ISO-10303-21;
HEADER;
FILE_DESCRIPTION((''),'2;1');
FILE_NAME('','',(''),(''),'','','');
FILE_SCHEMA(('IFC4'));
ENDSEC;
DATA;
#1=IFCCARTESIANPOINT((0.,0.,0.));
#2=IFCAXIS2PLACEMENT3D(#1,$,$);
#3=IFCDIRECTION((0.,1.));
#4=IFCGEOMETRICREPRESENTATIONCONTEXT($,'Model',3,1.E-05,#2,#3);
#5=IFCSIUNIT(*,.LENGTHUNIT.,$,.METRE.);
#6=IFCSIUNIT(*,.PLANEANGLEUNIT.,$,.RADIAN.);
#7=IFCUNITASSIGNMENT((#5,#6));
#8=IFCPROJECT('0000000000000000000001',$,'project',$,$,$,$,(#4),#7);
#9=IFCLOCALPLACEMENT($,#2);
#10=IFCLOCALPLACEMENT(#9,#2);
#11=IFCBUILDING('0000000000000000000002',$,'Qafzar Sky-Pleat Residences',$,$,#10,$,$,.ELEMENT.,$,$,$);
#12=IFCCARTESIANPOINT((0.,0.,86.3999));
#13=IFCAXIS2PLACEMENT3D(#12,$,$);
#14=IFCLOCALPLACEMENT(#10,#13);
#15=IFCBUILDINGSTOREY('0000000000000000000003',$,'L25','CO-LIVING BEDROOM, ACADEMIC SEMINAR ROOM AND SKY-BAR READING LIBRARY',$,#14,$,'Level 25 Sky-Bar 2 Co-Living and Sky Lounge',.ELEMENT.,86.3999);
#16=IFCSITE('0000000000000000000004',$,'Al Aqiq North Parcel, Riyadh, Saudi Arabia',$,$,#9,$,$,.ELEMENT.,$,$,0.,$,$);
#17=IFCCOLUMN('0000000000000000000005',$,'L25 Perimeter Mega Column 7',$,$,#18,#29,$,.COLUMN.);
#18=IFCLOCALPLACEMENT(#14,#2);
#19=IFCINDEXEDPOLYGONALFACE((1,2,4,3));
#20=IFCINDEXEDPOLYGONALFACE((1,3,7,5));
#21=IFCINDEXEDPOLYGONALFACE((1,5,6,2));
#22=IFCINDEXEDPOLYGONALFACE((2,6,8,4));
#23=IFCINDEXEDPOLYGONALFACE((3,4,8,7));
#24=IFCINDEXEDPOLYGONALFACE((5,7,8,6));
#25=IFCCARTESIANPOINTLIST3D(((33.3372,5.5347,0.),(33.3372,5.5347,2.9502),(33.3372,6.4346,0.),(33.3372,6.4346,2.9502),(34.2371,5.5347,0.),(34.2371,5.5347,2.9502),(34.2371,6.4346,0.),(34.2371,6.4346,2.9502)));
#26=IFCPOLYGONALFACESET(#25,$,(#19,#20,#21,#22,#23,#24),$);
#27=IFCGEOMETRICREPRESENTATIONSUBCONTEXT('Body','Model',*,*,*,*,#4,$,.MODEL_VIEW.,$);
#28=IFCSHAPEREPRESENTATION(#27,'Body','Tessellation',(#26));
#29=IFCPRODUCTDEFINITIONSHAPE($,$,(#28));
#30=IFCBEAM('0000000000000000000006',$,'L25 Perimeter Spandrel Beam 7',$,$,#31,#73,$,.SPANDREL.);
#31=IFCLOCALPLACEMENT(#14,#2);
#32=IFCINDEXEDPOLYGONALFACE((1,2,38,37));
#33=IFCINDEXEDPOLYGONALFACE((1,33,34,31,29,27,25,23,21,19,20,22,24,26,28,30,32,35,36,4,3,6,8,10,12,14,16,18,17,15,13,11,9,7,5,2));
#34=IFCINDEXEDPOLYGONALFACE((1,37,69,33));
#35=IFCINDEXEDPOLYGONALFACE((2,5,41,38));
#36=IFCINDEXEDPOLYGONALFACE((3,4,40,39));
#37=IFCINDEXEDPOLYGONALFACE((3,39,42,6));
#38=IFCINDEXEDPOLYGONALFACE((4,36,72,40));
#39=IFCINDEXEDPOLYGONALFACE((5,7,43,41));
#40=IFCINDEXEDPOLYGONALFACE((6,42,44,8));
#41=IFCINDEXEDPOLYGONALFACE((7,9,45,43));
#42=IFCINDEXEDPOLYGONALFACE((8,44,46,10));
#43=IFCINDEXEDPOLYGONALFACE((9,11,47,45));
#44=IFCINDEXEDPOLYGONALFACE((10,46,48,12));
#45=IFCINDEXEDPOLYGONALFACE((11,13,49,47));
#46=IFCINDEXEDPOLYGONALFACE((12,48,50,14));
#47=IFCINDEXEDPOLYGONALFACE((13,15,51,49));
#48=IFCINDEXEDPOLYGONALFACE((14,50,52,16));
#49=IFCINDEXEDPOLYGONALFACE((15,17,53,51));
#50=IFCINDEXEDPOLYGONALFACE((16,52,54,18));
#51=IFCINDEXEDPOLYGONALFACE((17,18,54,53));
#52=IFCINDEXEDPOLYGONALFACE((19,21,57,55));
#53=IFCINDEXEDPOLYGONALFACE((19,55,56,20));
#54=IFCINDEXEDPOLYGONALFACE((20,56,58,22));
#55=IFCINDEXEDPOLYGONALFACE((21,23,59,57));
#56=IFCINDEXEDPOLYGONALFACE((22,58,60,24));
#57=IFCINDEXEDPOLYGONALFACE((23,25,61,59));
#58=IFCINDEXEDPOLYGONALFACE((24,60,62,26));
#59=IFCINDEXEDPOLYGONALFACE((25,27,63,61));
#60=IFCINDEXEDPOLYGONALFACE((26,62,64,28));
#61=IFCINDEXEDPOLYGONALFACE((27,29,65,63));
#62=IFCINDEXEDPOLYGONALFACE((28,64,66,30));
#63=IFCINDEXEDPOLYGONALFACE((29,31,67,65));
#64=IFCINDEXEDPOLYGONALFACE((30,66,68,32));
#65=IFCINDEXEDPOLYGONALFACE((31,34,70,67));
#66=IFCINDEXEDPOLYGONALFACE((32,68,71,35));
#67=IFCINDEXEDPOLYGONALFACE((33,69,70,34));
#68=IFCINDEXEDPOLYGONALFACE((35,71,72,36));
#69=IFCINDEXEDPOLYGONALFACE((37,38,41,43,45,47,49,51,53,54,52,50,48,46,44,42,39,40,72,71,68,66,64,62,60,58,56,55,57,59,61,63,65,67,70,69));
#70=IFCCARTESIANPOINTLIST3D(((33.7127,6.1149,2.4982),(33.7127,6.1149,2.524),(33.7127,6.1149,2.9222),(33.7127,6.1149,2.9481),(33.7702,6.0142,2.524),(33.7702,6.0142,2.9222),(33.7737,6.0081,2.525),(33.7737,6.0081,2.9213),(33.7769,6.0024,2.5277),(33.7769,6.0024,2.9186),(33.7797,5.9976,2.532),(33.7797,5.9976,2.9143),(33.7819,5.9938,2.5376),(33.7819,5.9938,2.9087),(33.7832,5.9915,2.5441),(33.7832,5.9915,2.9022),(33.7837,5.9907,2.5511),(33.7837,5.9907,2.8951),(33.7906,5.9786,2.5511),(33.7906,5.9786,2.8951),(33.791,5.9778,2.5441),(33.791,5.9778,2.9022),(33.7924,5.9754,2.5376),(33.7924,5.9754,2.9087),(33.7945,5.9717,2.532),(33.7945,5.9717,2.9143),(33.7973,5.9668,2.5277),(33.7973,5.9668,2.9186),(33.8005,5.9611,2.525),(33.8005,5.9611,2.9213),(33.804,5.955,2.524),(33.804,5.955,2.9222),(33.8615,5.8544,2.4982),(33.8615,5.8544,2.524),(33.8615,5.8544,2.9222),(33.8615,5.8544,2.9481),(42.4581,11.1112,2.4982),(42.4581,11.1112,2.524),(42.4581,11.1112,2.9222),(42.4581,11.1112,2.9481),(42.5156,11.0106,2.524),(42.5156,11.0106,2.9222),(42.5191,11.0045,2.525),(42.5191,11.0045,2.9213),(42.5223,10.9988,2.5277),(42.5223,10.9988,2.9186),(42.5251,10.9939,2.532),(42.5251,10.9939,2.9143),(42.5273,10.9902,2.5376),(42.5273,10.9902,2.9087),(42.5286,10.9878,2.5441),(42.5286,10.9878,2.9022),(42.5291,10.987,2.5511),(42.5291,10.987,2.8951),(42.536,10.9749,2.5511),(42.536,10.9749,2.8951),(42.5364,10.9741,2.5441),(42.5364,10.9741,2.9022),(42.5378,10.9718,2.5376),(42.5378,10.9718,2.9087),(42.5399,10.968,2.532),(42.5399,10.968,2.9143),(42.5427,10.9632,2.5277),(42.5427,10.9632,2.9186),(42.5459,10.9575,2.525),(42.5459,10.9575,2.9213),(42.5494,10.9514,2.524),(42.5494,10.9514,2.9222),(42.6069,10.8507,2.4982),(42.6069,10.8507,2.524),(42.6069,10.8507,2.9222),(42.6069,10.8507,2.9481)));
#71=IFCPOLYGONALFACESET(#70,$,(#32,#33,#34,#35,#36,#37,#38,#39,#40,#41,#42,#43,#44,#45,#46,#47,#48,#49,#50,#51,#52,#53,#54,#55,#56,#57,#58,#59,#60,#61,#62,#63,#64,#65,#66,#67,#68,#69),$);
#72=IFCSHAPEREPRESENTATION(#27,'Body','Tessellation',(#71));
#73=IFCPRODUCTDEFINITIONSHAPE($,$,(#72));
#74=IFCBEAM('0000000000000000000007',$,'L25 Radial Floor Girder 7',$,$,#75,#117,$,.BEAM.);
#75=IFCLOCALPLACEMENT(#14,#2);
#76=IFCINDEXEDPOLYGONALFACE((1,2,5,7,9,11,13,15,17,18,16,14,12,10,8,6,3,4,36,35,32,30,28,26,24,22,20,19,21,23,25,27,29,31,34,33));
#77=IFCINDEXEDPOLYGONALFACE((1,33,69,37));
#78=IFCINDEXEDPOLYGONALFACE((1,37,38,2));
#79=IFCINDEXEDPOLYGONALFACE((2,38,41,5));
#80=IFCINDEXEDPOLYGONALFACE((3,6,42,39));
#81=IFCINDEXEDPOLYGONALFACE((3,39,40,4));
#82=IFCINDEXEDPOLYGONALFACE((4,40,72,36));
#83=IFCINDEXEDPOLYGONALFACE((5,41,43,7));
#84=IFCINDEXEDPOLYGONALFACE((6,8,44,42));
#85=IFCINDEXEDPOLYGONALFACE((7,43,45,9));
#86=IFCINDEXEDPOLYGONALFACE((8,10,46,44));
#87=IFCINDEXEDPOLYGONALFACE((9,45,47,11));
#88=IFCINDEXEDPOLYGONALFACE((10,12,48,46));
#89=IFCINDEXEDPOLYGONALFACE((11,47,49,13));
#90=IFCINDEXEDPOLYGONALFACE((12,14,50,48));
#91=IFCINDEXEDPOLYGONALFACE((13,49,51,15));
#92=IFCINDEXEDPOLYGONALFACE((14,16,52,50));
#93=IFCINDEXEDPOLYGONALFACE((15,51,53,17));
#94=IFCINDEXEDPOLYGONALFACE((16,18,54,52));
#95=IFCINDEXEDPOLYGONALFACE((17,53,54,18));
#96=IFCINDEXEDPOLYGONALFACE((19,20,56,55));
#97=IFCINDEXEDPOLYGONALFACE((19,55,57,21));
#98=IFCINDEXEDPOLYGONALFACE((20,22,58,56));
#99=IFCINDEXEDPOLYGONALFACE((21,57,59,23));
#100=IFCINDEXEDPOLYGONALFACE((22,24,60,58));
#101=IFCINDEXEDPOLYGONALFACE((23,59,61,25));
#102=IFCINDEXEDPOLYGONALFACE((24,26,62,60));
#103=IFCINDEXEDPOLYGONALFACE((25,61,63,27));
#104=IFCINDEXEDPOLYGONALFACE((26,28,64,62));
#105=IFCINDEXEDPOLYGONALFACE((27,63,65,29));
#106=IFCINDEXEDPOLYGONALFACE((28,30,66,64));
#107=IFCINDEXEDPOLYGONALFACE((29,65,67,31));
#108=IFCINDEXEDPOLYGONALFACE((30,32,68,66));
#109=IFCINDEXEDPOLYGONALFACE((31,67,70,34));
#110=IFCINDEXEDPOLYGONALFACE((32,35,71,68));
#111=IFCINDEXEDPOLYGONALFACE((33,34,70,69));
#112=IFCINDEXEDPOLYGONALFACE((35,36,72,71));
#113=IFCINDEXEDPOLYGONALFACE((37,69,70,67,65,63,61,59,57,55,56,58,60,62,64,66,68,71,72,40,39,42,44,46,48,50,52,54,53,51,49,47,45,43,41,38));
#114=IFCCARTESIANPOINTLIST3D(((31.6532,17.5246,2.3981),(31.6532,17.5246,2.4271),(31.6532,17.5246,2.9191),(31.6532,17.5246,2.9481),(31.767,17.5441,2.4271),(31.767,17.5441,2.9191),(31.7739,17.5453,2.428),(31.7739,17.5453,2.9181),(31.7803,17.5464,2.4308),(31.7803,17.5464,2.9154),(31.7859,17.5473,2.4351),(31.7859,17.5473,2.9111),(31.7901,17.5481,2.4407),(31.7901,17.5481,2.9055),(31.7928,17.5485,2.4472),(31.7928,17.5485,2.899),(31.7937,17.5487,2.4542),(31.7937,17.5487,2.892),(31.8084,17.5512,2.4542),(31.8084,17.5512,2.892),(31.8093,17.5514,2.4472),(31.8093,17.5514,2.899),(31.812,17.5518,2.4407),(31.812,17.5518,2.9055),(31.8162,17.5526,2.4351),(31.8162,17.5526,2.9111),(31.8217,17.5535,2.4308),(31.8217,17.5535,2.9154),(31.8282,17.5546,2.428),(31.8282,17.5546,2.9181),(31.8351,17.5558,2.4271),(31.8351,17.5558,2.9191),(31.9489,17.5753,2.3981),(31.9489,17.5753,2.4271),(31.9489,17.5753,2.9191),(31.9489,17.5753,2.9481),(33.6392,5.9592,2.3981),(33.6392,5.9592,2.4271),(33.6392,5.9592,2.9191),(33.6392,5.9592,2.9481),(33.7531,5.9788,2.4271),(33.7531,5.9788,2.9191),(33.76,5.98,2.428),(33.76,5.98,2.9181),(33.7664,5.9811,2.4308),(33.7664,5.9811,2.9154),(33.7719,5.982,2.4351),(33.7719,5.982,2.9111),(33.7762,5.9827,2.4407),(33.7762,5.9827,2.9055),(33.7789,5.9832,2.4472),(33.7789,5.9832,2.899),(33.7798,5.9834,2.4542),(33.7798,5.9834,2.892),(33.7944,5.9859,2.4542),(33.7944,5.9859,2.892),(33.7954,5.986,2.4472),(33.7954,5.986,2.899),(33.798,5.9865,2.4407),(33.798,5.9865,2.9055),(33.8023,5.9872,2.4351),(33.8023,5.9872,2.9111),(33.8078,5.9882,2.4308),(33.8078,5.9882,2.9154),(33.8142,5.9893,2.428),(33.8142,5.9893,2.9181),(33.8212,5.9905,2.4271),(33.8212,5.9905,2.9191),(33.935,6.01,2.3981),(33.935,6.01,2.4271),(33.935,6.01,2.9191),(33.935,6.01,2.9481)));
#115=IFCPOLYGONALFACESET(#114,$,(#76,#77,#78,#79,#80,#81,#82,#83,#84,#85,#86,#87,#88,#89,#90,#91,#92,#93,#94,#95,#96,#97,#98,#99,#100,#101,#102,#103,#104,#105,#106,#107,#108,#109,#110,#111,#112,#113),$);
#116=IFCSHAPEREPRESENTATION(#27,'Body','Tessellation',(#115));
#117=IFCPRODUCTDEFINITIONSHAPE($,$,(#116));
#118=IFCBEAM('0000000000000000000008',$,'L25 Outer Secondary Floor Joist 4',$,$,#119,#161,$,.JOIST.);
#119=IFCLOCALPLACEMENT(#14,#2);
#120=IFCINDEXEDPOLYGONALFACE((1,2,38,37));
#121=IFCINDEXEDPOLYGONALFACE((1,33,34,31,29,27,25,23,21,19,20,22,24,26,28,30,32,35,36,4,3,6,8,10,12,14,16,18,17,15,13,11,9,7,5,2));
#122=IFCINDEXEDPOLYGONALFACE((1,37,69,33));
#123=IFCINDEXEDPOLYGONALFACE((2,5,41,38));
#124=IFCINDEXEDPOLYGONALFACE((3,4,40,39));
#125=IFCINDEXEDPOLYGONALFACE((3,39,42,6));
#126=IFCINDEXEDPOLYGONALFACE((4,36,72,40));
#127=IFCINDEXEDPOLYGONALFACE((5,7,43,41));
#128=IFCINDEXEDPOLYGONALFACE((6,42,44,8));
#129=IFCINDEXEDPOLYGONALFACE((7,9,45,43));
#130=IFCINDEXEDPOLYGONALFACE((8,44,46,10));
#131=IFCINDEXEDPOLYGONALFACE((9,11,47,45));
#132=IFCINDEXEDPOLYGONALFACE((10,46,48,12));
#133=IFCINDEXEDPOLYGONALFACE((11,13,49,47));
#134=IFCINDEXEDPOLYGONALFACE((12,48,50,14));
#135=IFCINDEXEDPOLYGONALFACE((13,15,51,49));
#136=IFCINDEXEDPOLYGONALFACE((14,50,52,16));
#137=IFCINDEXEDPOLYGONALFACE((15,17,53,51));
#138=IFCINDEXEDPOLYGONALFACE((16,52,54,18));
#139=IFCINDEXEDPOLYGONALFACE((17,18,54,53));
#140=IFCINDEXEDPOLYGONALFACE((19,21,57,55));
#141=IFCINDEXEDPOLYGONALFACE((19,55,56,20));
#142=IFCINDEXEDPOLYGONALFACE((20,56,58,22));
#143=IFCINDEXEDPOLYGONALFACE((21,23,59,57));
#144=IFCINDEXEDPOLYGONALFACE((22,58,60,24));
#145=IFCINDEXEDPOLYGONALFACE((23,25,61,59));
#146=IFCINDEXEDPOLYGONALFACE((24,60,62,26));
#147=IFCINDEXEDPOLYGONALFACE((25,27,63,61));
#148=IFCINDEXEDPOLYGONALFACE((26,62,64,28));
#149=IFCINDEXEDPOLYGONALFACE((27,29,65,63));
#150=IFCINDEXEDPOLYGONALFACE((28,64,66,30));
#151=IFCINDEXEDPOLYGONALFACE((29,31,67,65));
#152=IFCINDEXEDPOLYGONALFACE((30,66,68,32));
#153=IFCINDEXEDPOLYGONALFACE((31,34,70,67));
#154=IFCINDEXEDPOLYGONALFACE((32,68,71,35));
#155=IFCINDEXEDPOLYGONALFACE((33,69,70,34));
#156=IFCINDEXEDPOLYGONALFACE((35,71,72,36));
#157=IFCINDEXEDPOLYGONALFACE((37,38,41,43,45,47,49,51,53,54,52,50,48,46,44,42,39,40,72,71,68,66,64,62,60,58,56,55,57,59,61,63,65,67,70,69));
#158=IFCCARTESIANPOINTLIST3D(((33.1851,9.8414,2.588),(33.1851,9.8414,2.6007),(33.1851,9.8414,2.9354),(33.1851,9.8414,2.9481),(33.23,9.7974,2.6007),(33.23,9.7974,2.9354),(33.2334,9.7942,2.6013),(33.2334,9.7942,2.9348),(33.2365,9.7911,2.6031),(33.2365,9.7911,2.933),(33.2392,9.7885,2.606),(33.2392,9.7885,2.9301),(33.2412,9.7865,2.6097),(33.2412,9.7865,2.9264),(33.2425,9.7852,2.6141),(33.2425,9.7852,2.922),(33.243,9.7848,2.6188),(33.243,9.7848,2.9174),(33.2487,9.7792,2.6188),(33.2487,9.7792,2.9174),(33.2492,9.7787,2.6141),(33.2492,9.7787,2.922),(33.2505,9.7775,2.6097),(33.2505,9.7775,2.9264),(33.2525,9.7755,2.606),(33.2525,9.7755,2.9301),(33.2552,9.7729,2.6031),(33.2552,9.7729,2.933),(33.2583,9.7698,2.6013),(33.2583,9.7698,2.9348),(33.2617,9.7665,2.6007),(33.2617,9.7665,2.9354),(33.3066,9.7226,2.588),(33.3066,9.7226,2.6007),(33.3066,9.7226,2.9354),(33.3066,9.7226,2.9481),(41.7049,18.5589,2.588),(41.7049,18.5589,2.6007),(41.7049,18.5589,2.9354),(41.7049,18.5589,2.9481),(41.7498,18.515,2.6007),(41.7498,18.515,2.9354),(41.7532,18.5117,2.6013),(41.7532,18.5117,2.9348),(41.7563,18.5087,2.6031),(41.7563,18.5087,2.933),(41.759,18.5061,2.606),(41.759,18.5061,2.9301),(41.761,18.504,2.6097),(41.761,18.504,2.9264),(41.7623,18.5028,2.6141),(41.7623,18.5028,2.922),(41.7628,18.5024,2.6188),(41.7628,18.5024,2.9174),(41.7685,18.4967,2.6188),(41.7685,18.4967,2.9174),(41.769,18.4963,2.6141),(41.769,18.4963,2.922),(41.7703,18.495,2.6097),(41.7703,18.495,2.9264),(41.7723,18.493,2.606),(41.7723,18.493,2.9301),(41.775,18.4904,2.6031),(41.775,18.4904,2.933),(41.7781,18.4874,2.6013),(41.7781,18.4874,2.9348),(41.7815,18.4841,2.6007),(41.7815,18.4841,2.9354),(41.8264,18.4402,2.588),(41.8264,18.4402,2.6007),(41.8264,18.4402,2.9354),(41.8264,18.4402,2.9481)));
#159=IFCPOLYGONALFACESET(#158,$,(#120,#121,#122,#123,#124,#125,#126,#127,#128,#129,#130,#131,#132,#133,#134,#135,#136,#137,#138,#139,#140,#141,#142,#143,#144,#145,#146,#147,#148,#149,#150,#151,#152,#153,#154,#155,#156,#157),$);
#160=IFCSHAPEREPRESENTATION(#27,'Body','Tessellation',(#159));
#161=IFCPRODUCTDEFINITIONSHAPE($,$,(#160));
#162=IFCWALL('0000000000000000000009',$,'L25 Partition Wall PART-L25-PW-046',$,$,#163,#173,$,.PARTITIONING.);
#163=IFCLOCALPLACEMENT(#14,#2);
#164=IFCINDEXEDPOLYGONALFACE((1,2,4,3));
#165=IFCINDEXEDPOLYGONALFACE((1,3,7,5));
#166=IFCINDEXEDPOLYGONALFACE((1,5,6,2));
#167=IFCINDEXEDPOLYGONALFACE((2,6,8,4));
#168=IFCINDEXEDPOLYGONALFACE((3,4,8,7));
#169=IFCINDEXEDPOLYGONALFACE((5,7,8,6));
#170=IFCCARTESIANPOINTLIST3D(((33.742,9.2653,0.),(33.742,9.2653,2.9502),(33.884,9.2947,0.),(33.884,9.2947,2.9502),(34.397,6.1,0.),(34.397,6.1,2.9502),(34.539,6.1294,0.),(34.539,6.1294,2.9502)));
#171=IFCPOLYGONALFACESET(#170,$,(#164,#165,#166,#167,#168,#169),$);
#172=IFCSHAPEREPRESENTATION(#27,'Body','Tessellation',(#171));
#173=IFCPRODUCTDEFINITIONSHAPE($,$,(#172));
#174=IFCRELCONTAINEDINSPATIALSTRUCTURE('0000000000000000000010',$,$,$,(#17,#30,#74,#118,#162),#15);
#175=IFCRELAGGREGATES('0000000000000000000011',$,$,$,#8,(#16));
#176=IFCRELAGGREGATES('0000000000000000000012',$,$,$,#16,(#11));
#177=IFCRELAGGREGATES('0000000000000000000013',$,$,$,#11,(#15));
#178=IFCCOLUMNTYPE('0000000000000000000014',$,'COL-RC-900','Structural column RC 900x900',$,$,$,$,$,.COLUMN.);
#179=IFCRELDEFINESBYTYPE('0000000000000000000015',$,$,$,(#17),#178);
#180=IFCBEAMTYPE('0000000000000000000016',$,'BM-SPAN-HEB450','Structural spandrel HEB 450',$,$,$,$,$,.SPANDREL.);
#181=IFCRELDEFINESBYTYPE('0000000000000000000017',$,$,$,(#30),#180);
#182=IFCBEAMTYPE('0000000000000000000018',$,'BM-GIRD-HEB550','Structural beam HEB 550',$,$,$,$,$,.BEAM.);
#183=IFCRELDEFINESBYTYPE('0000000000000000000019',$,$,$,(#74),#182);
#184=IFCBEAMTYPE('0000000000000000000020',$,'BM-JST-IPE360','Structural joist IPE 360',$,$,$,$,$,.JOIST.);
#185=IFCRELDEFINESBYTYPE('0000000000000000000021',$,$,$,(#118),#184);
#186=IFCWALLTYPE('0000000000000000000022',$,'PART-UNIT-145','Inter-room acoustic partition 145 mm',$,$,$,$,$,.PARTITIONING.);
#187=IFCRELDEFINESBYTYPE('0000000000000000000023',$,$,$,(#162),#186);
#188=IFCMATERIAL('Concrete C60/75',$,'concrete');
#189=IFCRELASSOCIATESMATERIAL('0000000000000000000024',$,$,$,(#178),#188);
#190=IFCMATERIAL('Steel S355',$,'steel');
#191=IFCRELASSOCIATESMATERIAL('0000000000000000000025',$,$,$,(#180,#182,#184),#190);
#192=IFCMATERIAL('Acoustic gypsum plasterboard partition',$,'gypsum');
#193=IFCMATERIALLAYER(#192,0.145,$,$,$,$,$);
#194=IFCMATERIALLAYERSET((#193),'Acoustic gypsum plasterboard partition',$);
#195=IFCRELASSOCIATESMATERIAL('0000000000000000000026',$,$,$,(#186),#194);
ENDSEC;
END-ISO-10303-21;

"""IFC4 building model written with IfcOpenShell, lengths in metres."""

from ifc_helpers import new_model, si_unit, direction, frame, frame_2d, origin, origin_2d, place, context, subcontext, project, spatial, rectangle, i_section, extrude, source, transform, mapped, material, layer, layer_set, material_profile, profile_set, type_object, element, save


model = new_model("IFC4")

# Units and contexts
model_context = context("Model", 3, precision=1e-05, world=origin(), true_north=direction((0.0, 1.0)))
body_context = subcontext(model_context, "Body", "Model", "MODEL_VIEW")
ifc_project = project(units=[si_unit("LENGTHUNIT", "METRE"), si_unit("PLANEANGLEUNIT", "RADIAN")], contexts=[model_context])

# Site, building, storey
site_placement = place(None, origin())
site = spatial("IfcSite", under=ifc_project, at=site_placement, Name="Al Aqiq North Parcel, Riyadh, Saudi Arabia", CompositionType="ELEMENT", RefElevation=0.0)
building_placement = place(site_placement, origin())
building = spatial("IfcBuilding", under=site, at=building_placement, Name="Qafzar Sky-Pleat Residences", CompositionType="ELEMENT")
storey_placement = place(building_placement, frame((0.0, 0.0, 86.3999)))
storey = spatial("IfcBuildingStorey", under=building, at=storey_placement, Name="L25", Description="CO-LIVING BEDROOM, ACADEMIC SEMINAR ROOM AND SKY-BAR READING LIBRARY", LongName="Level 25 Sky-Bar 2 Co-Living and Sky Lounge", CompositionType="ELEMENT", Elevation=86.3999)

# Column
ifc_material_1 = material(Name="Concrete C60/75", Category="concrete")
ifc_material_profile_1 = material_profile(ifc_material_1, rectangle(XDim=0.8999, YDim=0.8999, at=origin_2d()), Name="RC 900x900")
ifc_profile_set_1 = profile_set([ifc_material_profile_1], Name="Concrete C60/75")
column_type = type_object("IfcColumnType", Name="COL-RC-900", Description="Structural column RC 900x900", PredefinedType="COLUMN", material=ifc_profile_set_1)
shared_shape_1 = source(origin(), body_context, "Body", "SweptSolid", [
    extrude(rectangle(XDim=0.8999, YDim=0.8999, at=origin_2d()), origin(), (0.0, 0.0, 1.0), 2.9502),
])
column_placement = place(storey_placement, frame((33.7871, 5.9846, 0.0), z_axis=(0.0, 0.0, 1.0), x_axis=(1.0, 0.0, 0.0)))
element("IfcColumn", 1, at=column_placement, inside=storey, type_object=column_type, Name="L25 Perimeter Mega Column 7", PredefinedType="COLUMN", context=body_context, shape_type="MappedRepresentation", body=[
    mapped(shared_shape_1, transform((0.0, 0.0, 0.0), x_axis=(1.0, 0.0, 0.0), y_axis=(0.0, 1.0, 0.0), z_axis=(0.0, 0.0, 1.0), scale=1.0)),
])

# Beams
ifc_material_2 = material(Name="Steel S355", Category="steel")
ifc_material_profile_2 = material_profile(ifc_material_2, i_section(OverallWidth=0.3, OverallDepth=0.45, WebThickness=0.0139, FlangeThickness=0.0259, FilletRadius=0.0271, at=origin_2d()), Name="HEB 450")
ifc_profile_set_2 = profile_set([ifc_material_profile_2], Name="Steel S355")
beam_type_1 = type_object("IfcBeamType", Name="BM-SPAN-HEB450", Description="Structural spandrel HEB 450", PredefinedType="SPANDREL", material=ifc_profile_set_2)
shared_shape_2 = source(origin(), body_context, "Body", "SweptSolid", [
    extrude(i_section(OverallWidth=0.3, OverallDepth=0.45, WebThickness=0.0139, FlangeThickness=0.0259, FilletRadius=0.0271, at=origin_2d()), origin(), (0.0, 0.0, 1.0), 10.072),
])
beam_1_placement = place(storey_placement, frame((33.7871, 5.9846, 2.7231), z_axis=(0.868286, 0.496063, 0.0), x_axis=(-0.496063, 0.868286, 0.0)))
element("IfcBeam", 2, at=beam_1_placement, inside=storey, type_object=beam_type_1, Name="L25 Perimeter Spandrel Beam 7", PredefinedType="SPANDREL", context=body_context, shape_type="MappedRepresentation", body=[
    mapped(shared_shape_2, transform((0.0, 0.0, 0.0), x_axis=(1.0, 0.0, 0.0), y_axis=(0.0, 1.0, 0.0), z_axis=(0.0, 0.0, 1.0), scale=1.0)),
])
ifc_material_profile_3 = material_profile(ifc_material_2, i_section(OverallWidth=0.3, OverallDepth=0.55, WebThickness=0.0149, FlangeThickness=0.0291, FilletRadius=0.0271, at=origin_2d()), Name="HEB 550")
ifc_profile_set_3 = profile_set([ifc_material_profile_3], Name="Steel S355")
beam_type_2 = type_object("IfcBeamType", Name="BM-GIRD-HEB550", Description="Structural beam HEB 550", PredefinedType="BEAM", material=ifc_profile_set_3)
shared_shape_3 = source(origin(), body_context, "Body", "SweptSolid", [
    extrude(i_section(OverallWidth=0.3, OverallDepth=0.55, WebThickness=0.0149, FlangeThickness=0.0291, FilletRadius=0.0271, at=origin_2d()), origin(), (0.0, 0.0, 1.0), 11.7346),
])
beam_2_placement = place(storey_placement, frame((33.7871, 5.9846, 2.6731), z_axis=(-0.169248, 0.985573, 0.0), x_axis=(-0.985573, -0.169248, 0.0)))
element("IfcBeam", 3, at=beam_2_placement, inside=storey, type_object=beam_type_2, Name="L25 Radial Floor Girder 7", PredefinedType="BEAM", context=body_context, shape_type="MappedRepresentation", body=[
    mapped(shared_shape_3, transform((0.0, 0.0, 0.0), x_axis=(1.0, 0.0, 0.0), y_axis=(0.0, 1.0, 0.0), z_axis=(0.0, 0.0, 1.0), scale=1.0)),
])
ifc_material_profile_4 = material_profile(ifc_material_2, i_section(OverallWidth=0.1699, OverallDepth=0.3601, WebThickness=0.0081, FlangeThickness=0.0127, FilletRadius=0.0181, at=origin_2d()), Name="IPE 360")
ifc_profile_set_4 = profile_set([ifc_material_profile_4], Name="Steel S355")
beam_type_3 = type_object("IfcBeamType", Name="BM-JST-IPE360", Description="Structural joist IPE 360", PredefinedType="JOIST", material=ifc_profile_set_4)
shared_shape_4 = source(origin(), body_context, "Body", "SweptSolid", [
    extrude(i_section(OverallWidth=0.1699, OverallDepth=0.3601, WebThickness=0.0081, FlangeThickness=0.0127, FilletRadius=0.0181, at=origin_2d()), origin(), (0.0, 0.0, 1.0), 12.1895),
])
beam_3_placement = place(storey_placement, frame((33.2458, 9.782, 2.7681), z_axis=(0.698949, 0.715172, 0.0), x_axis=(-0.715172, 0.698949, 0.0)))
element("IfcBeam", 4, at=beam_3_placement, inside=storey, type_object=beam_type_3, Name="L25 Outer Secondary Floor Joist 4", PredefinedType="JOIST", context=body_context, shape_type="MappedRepresentation", body=[
    mapped(shared_shape_4, transform((0.0, 0.0, 0.0), x_axis=(1.0, 0.0, 0.0), y_axis=(0.0, 1.0, 0.0), z_axis=(0.0, 0.0, 1.0), scale=1.0)),
])

# Wall
ifc_material_3 = material(Name="Acoustic gypsum plasterboard partition", Category="gypsum")
ifc_layer_1 = layer(ifc_material_3, 0.145)
ifc_layer_set_1 = layer_set([ifc_layer_1], Name="Acoustic gypsum plasterboard partition")
wall_type_1 = type_object("IfcWallType", Name="PART-UNIT-145", Description="Inter-room acoustic partition 145 mm", PredefinedType="PARTITIONING", material=ifc_layer_set_1)
wall_1_placement = place(storey_placement, frame((33.813, 9.28, 0.0), z_axis=(0.0, 0.0, 1.0), x_axis=(0.202648, -0.979252, 0.0)))
element("IfcWall", 5, at=wall_1_placement, inside=storey, type_object=wall_type_1, Name="L25 Partition Wall PART-L25-PW-046", PredefinedType="PARTITIONING", context=body_context, shape_type="SweptSolid", body=[
    extrude(rectangle(XDim=3.2324, YDim=0.145, at=frame_2d((1.6162, 0.0))), origin(), (0.0, 0.0, 1.0), 2.9502),
])

save(model, "model.ifc")
